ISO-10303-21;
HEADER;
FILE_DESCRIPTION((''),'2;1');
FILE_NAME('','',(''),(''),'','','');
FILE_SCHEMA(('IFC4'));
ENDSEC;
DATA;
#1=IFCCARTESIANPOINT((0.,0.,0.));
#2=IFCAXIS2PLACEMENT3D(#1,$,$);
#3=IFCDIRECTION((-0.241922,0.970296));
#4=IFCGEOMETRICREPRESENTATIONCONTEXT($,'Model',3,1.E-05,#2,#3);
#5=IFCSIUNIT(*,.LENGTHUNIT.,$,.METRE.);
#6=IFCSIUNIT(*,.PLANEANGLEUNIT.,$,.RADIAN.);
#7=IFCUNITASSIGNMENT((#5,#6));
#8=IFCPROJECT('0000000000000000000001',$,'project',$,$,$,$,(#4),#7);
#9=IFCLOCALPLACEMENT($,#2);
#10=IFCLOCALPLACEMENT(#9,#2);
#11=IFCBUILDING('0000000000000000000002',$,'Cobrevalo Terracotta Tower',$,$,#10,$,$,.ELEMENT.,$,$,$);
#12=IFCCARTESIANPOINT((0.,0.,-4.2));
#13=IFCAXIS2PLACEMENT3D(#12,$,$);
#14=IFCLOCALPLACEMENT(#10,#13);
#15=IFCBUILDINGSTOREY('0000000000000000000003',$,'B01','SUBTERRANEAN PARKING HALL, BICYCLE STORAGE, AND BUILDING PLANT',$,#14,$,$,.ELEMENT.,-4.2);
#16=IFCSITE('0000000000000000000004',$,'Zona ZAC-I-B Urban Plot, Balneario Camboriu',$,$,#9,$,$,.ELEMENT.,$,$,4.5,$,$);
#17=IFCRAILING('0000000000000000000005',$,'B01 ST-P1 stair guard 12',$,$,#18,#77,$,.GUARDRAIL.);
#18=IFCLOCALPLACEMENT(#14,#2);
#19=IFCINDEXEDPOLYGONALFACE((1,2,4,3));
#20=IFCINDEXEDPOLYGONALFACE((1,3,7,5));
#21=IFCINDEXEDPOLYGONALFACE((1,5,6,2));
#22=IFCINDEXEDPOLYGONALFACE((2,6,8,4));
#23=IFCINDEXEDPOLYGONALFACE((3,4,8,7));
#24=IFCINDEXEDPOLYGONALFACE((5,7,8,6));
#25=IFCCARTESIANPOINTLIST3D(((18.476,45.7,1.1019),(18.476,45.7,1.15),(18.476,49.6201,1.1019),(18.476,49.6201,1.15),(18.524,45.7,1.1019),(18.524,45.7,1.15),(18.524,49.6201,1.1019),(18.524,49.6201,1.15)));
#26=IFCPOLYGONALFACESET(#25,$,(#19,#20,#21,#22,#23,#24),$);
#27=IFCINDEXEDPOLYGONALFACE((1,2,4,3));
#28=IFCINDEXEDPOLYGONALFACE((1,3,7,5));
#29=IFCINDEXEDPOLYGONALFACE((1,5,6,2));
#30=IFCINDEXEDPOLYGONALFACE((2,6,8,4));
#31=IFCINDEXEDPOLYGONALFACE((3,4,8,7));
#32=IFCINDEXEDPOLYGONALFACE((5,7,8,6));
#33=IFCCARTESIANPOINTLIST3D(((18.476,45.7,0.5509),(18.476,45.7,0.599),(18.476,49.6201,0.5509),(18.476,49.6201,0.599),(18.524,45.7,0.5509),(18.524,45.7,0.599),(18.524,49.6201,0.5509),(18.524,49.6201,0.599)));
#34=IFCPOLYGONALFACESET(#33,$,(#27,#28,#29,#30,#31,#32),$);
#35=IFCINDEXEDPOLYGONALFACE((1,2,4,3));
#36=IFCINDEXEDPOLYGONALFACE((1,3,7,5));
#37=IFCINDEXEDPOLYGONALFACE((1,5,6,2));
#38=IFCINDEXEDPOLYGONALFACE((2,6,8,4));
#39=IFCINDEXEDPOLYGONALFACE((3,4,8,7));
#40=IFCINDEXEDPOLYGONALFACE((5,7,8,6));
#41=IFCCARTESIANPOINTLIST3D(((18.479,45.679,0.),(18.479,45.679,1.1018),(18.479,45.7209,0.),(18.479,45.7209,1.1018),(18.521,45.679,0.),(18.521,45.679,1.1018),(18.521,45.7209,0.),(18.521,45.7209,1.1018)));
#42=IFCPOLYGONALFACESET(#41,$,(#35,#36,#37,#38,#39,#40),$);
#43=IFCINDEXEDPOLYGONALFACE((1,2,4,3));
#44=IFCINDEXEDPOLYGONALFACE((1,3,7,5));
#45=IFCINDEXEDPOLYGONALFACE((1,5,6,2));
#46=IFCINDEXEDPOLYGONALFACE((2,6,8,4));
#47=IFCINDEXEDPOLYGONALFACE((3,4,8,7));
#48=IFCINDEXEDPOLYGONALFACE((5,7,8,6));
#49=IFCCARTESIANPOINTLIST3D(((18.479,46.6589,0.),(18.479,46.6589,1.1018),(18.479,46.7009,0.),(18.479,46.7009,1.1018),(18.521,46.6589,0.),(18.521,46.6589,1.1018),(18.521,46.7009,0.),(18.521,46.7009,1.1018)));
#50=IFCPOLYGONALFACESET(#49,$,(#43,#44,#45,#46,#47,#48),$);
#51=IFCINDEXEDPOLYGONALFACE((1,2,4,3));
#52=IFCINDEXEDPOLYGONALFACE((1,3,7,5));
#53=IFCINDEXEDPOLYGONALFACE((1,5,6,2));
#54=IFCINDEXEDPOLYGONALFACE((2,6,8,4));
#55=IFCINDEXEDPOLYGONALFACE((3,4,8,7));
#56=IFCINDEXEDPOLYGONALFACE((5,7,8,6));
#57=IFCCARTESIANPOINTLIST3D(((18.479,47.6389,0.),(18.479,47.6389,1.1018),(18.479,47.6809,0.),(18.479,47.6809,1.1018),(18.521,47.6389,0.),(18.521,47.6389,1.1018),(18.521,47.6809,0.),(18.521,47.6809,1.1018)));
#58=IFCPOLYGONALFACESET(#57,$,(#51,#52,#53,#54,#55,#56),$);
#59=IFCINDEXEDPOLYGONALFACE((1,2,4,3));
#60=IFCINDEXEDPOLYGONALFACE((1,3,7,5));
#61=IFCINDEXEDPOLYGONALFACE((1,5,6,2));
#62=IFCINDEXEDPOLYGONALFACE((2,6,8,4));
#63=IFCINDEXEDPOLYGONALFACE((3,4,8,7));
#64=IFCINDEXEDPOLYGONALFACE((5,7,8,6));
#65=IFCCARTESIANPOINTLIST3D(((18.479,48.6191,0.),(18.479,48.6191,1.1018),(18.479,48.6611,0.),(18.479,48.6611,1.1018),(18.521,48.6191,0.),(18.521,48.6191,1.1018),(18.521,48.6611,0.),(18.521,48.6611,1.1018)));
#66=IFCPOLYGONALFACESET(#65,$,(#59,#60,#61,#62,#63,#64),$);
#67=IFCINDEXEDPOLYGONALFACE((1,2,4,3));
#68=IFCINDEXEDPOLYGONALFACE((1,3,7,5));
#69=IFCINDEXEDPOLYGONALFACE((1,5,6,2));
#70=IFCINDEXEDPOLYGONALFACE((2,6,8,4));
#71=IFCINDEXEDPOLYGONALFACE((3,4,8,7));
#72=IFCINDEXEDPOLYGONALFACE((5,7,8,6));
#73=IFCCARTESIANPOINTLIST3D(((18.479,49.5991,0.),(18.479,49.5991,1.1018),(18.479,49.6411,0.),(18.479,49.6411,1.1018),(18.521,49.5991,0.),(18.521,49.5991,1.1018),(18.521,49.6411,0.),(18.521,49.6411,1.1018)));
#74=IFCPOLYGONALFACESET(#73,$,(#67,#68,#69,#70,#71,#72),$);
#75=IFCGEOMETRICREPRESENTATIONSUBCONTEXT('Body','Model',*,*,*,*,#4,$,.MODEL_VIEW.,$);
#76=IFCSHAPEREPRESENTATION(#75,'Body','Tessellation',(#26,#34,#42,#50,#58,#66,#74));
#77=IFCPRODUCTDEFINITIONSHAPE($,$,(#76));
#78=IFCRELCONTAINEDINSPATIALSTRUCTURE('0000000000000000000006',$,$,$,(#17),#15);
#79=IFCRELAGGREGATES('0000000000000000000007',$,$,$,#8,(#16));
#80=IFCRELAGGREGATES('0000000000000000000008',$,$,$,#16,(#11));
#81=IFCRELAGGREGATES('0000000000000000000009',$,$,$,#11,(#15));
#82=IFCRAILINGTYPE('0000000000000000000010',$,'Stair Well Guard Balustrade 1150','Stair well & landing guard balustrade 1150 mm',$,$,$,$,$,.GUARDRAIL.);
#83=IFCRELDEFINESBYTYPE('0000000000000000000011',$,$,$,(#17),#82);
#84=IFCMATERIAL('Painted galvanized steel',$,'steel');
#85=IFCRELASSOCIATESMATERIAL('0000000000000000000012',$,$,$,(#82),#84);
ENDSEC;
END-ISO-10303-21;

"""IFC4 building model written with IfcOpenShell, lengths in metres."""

from ifc_helpers import new_model, si_unit, direction, frame, origin, origin_2d, place, context, subcontext, project, spatial, rectangle, extrude, material, type_object, element, save


model = new_model("IFC4")

# Units and contexts
model_context = context("Model", 3, precision=1e-05, world=origin(), true_north=direction((-0.241922, 0.970296)))
body_context = subcontext(model_context, "Body", "Model", "MODEL_VIEW")
ifc_project = project(units=[si_unit("LENGTHUNIT", "METRE"), si_unit("PLANEANGLEUNIT", "RADIAN")], contexts=[model_context])

# Site, building, storey
site_placement = place(None, origin())
site = spatial("IfcSite", under=ifc_project, at=site_placement, Name="Zona ZAC-I-B Urban Plot, Balneario Camboriu", CompositionType="ELEMENT", RefElevation=4.5)
building_placement = place(site_placement, origin())
building = spatial("IfcBuilding", under=site, at=building_placement, Name="Cobrevalo Terracotta Tower", CompositionType="ELEMENT")
storey_placement = place(building_placement, frame((0.0, 0.0, -4.2)))
storey = spatial("IfcBuildingStorey", under=building, at=storey_placement, Name="B01", Description="SUBTERRANEAN PARKING HALL, BICYCLE STORAGE, AND BUILDING PLANT", CompositionType="ELEMENT", Elevation=-4.2)

# Railing
ifc_material_1 = material(Name="Painted galvanized steel", Category="steel")
railing_type_1 = type_object("IfcRailingType", Name="Stair Well Guard Balustrade 1150", Description="Stair well & landing guard balustrade 1150 mm", PredefinedType="GUARDRAIL", material=ifc_material_1)
railing_1_placement = place(storey_placement, frame((18.5, 45.7, 0.0)))
element("IfcRailing", 1, at=railing_1_placement, inside=storey, type_object=railing_type_1, Name="B01 ST-P1 stair guard 12", PredefinedType="GUARDRAIL", context=body_context, shape_type="SweptSolid", body=[
    extrude(rectangle(XDim=0.0481, YDim=0.0481, at=origin_2d()), frame((0.0, 0.0, 1.126), z_axis=(0.0, 1.0, 0.0), x_axis=(-1.0, 0.0, 0.0)), (0.0, 0.0, 1.0), 3.9202),
    extrude(rectangle(XDim=0.0481, YDim=0.0481, at=origin_2d()), frame((0.0, 0.0, 0.575), z_axis=(0.0, 1.0, 0.0), x_axis=(-1.0, 0.0, 0.0)), (0.0, 0.0, 1.0), 3.9202),
    extrude(rectangle(XDim=0.042, YDim=0.042, at=origin_2d()), origin(), (0.0, 0.0, 1.0), 1.1018),
    extrude(rectangle(XDim=0.042, YDim=0.042, at=origin_2d()), frame((0.0, 0.98, 0.0)), (0.0, 0.0, 1.0), 1.1018),
    extrude(rectangle(XDim=0.042, YDim=0.042, at=origin_2d()), frame((0.0, 1.96, 0.0)), (0.0, 0.0, 1.0), 1.1018),
    extrude(rectangle(XDim=0.042, YDim=0.042, at=origin_2d()), frame((0.0, 2.9402, 0.0)), (0.0, 0.0, 1.0), 1.1018),
    extrude(rectangle(XDim=0.042, YDim=0.042, at=origin_2d()), frame((0.0, 3.9202, 0.0)), (0.0, 0.0, 1.0), 1.1018),
])

save(model, "model.ifc")
